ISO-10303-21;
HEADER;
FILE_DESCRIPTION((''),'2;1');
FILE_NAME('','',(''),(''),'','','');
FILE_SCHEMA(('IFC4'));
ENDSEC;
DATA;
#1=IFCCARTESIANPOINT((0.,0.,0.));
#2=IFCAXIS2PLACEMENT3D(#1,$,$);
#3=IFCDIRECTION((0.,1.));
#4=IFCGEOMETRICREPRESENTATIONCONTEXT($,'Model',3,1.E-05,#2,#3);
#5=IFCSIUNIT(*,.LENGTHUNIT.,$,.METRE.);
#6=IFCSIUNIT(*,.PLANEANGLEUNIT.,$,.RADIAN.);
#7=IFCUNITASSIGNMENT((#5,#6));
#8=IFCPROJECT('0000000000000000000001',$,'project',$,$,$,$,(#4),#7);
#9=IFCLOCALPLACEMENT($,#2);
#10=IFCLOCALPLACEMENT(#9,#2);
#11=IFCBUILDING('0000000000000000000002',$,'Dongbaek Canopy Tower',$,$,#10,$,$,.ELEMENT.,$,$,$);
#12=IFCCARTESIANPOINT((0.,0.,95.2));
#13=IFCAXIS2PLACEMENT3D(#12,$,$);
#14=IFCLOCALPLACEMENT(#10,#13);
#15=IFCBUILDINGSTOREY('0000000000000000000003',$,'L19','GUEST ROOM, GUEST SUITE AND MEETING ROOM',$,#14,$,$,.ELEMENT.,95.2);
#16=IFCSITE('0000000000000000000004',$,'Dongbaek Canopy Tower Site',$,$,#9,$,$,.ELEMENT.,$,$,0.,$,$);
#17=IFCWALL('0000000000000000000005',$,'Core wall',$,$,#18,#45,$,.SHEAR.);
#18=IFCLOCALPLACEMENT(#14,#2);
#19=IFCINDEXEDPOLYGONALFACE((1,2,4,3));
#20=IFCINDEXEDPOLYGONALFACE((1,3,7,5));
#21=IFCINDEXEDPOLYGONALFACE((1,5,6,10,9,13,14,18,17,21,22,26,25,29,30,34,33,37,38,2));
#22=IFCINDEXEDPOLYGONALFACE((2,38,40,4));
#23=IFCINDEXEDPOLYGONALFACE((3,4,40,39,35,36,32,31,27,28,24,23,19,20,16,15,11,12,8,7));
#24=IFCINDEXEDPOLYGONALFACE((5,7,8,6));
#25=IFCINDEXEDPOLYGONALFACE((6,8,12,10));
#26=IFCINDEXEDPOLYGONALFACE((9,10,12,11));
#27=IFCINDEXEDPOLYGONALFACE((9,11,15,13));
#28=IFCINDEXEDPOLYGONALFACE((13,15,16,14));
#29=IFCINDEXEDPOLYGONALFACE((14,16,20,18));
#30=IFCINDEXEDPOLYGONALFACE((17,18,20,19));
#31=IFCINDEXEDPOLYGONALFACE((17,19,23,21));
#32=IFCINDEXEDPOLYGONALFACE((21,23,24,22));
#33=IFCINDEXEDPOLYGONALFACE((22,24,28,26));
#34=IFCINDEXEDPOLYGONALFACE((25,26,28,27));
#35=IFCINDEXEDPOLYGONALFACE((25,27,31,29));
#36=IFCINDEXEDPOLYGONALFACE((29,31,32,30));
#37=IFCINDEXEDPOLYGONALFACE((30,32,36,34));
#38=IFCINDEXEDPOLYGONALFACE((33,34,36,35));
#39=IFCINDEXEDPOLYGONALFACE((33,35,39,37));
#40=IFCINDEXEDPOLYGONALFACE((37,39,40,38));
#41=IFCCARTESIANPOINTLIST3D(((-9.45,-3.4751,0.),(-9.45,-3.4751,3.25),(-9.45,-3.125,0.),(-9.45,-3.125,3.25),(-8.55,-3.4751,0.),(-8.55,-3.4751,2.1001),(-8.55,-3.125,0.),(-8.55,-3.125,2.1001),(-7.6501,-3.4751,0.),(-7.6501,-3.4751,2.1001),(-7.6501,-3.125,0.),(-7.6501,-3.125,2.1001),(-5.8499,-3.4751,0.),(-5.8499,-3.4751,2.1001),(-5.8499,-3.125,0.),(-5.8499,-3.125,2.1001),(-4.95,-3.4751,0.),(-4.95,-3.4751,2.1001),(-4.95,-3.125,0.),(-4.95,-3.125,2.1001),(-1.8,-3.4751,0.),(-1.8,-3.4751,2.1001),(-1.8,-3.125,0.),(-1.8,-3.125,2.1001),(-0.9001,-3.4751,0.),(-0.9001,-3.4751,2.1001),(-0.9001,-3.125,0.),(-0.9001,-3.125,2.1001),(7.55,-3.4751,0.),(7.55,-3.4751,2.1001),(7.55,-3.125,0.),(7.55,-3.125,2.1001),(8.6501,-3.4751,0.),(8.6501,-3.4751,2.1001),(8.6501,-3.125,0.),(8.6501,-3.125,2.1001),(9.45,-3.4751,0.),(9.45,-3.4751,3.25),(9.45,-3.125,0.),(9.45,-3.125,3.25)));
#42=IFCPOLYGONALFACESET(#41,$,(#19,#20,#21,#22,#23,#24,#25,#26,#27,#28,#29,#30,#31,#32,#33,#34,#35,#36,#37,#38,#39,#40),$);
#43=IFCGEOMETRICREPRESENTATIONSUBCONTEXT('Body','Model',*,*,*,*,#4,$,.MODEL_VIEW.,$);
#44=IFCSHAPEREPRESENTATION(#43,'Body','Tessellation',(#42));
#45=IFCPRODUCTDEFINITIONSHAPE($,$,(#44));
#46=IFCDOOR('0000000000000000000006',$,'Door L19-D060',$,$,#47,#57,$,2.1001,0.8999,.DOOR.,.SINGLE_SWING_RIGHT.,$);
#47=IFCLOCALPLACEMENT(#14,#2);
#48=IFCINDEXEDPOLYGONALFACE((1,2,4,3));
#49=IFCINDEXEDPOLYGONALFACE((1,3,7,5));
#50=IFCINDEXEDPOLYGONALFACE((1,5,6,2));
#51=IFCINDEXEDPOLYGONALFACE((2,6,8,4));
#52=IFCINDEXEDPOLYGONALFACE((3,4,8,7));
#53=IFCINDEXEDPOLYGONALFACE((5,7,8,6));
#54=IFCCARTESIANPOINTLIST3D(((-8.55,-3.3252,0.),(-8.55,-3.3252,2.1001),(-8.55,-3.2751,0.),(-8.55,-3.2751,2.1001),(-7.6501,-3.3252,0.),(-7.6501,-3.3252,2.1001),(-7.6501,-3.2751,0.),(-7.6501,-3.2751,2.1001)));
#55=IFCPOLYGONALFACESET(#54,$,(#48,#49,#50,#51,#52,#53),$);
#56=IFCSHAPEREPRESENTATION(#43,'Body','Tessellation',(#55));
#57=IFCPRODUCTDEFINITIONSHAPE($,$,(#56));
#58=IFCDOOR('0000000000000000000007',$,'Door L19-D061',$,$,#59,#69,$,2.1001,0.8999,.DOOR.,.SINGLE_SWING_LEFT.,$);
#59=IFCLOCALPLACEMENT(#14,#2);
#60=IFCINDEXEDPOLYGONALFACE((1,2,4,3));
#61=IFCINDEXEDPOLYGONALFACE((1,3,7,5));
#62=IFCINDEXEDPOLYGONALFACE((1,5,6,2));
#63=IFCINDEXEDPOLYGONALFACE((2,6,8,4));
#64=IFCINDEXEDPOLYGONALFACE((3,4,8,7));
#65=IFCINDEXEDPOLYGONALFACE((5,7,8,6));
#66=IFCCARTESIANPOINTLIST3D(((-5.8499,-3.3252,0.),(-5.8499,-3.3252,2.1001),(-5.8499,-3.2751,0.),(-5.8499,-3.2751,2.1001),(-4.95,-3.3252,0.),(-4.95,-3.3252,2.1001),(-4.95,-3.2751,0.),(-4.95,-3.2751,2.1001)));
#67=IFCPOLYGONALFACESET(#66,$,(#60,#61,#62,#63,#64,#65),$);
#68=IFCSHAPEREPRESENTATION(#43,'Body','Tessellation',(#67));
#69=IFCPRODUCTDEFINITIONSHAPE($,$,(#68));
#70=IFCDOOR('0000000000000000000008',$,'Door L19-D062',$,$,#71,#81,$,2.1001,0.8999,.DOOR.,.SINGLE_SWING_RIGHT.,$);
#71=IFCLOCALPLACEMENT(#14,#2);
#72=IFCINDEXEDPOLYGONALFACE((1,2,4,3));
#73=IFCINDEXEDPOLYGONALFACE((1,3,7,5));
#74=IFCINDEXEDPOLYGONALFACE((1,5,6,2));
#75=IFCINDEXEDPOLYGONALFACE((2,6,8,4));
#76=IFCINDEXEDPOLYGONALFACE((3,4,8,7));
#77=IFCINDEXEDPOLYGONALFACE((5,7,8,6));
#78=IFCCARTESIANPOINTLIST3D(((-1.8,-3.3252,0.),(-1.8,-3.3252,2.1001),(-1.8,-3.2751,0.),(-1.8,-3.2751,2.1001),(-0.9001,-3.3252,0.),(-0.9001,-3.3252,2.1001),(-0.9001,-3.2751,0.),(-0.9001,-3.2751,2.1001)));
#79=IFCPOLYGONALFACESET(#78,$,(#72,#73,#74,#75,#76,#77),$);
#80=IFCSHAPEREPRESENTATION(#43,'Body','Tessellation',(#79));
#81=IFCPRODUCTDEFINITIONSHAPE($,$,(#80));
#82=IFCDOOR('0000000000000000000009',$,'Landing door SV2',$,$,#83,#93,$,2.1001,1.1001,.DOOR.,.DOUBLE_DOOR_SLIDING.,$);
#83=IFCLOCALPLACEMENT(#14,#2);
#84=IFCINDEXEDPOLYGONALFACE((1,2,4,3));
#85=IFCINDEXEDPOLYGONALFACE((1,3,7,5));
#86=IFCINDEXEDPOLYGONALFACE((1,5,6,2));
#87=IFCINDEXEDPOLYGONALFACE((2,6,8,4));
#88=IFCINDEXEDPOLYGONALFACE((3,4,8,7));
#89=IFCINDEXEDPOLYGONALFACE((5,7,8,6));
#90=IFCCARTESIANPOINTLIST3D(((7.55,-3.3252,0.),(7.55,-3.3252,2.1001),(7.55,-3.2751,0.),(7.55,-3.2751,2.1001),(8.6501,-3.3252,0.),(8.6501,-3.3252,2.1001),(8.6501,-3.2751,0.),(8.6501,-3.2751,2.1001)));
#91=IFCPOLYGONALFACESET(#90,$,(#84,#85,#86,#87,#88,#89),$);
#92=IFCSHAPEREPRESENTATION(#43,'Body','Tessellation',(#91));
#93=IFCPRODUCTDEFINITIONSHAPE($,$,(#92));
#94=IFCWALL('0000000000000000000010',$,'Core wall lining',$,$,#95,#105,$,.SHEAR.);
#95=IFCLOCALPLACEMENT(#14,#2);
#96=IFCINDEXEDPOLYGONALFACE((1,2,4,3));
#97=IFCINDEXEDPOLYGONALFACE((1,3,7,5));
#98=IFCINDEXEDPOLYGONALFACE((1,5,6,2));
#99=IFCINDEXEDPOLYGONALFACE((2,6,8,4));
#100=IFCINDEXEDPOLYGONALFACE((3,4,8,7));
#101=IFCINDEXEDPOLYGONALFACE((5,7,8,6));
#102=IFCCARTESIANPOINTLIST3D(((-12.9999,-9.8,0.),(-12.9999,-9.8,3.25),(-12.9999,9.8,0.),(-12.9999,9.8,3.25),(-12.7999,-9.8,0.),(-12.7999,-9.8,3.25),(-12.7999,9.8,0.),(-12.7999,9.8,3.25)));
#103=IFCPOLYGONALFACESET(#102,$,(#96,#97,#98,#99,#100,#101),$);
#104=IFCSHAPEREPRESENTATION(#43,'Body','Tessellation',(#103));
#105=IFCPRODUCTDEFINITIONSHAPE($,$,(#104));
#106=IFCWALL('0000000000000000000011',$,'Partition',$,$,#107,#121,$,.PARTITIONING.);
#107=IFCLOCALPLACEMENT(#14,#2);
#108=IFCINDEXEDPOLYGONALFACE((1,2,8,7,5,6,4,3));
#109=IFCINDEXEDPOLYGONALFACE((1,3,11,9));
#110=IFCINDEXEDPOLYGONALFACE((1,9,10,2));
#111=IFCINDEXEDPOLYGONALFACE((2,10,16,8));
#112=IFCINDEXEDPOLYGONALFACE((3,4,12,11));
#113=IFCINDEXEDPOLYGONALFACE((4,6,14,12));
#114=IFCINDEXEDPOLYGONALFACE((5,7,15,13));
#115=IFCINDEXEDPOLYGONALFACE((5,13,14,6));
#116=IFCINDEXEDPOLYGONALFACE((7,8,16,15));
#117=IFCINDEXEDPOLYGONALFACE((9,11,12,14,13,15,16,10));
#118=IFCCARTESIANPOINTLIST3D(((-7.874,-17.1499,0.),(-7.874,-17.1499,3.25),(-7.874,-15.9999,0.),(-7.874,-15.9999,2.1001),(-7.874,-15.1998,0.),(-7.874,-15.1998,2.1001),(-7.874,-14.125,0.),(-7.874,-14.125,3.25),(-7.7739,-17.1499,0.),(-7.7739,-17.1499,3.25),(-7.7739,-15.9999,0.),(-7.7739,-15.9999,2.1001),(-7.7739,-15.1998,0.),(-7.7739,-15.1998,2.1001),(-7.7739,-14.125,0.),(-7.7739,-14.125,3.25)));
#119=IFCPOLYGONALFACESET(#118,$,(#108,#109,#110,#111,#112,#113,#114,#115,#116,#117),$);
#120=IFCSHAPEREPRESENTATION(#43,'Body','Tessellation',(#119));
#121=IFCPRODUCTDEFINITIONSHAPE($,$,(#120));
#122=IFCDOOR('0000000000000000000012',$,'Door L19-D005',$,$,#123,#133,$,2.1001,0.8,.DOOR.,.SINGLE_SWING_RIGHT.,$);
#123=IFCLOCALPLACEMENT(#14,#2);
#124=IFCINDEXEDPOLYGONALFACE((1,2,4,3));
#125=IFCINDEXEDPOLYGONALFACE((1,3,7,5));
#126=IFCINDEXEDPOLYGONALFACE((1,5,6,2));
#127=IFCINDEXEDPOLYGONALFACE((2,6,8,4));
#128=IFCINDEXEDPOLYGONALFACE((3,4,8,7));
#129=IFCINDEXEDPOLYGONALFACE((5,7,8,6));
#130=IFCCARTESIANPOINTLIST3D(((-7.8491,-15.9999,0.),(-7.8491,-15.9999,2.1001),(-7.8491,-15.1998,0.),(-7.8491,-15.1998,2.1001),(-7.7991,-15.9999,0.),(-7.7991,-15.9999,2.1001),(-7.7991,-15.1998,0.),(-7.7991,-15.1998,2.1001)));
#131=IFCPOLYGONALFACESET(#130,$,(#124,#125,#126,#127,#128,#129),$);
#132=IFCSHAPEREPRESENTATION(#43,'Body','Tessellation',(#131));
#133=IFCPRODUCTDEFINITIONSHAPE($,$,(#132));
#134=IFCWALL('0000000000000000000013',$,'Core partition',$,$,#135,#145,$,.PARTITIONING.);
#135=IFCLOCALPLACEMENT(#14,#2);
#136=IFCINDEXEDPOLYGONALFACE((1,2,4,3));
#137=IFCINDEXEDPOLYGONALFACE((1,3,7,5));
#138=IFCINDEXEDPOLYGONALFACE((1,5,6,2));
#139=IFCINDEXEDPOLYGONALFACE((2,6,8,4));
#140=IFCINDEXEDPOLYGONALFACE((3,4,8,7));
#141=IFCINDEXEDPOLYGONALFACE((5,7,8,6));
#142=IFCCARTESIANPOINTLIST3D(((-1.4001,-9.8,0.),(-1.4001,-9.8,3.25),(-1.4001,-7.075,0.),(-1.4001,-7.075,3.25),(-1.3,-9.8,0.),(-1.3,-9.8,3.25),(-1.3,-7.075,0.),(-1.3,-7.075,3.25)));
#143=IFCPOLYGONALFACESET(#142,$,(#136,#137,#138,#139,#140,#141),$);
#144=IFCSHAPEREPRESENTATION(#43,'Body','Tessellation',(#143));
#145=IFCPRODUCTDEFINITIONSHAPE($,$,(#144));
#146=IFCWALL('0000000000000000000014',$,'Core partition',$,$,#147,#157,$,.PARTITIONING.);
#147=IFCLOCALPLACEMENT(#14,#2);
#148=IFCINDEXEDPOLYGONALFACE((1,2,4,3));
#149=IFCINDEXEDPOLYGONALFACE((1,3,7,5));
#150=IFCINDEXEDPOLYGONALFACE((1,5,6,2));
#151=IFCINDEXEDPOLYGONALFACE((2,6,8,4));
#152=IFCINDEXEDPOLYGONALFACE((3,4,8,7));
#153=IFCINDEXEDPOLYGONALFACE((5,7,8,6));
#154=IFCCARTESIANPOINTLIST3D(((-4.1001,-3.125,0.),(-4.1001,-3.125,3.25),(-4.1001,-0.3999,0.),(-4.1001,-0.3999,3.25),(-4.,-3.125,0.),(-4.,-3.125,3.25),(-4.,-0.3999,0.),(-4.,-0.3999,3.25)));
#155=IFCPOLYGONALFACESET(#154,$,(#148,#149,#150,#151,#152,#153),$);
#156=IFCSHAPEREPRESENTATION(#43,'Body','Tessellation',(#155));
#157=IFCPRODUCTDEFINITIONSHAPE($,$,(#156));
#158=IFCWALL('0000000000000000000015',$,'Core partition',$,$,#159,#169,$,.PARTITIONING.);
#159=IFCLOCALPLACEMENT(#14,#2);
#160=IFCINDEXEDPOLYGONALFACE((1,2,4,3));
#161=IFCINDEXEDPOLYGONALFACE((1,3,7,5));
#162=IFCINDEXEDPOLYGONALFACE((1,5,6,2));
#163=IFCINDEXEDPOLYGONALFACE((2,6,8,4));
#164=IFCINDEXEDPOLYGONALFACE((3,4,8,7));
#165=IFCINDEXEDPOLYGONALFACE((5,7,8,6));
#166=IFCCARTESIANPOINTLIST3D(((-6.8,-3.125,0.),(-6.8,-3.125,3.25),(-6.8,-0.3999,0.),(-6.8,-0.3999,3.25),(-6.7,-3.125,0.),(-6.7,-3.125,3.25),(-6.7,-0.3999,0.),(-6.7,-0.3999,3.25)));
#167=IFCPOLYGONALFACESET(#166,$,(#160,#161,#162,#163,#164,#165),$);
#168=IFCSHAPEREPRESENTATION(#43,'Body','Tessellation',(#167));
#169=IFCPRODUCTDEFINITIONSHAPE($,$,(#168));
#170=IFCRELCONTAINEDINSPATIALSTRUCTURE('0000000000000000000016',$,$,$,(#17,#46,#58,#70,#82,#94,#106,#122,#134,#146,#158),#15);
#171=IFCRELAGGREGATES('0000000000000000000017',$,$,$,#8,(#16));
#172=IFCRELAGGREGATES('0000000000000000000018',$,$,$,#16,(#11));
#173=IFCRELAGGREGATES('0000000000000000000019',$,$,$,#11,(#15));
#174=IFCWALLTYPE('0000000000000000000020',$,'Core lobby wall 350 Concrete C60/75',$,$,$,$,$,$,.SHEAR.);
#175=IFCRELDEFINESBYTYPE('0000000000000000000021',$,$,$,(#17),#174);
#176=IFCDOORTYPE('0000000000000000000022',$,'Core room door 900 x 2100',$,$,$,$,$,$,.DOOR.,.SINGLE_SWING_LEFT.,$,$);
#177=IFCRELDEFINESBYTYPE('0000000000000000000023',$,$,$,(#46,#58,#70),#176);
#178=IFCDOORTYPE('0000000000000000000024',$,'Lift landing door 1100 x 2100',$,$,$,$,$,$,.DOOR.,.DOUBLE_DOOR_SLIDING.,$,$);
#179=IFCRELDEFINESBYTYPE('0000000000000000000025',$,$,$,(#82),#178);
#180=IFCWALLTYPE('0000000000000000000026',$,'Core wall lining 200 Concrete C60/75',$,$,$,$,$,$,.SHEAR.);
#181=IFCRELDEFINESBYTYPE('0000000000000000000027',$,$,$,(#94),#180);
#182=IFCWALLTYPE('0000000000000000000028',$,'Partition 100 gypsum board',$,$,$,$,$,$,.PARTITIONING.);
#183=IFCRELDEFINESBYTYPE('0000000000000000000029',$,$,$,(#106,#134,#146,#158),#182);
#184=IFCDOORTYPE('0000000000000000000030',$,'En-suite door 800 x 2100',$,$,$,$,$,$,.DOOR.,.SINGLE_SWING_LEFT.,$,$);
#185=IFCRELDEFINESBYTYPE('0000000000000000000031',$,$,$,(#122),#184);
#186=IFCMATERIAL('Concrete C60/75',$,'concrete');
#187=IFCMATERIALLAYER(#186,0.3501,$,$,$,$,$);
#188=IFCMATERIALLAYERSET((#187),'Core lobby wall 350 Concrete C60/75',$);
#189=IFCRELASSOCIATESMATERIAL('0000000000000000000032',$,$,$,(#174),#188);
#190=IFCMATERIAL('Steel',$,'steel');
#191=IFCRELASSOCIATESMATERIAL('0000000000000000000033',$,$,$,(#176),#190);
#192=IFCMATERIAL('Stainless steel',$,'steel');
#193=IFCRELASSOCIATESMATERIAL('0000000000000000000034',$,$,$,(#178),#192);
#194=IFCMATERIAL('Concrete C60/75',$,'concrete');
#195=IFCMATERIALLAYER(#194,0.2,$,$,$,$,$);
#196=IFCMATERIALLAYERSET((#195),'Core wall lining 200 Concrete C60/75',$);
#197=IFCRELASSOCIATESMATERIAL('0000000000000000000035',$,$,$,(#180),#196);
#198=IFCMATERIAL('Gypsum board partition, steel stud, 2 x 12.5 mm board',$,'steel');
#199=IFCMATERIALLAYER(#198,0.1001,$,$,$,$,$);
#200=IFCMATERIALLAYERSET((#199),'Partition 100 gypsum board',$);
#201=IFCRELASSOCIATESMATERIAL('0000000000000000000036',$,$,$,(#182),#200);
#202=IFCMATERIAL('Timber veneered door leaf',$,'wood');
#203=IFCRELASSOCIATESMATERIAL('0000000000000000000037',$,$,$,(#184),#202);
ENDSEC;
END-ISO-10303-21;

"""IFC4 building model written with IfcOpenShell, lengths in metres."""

from ifc_helpers import new_model, si_unit, direction, frame, frame_2d, origin, place, context, subcontext, project, spatial, rectangle, extrude, material, layer, layer_set, type_object, element, fill, save


model = new_model("IFC4")

# Units and contexts
model_context = context("Model", 3, precision=1e-05, world=origin(), true_north=direction((0.0, 1.0)))
body_context = subcontext(model_context, "Body", "Model", "MODEL_VIEW")
ifc_project = project(units=[si_unit("LENGTHUNIT", "METRE"), si_unit("PLANEANGLEUNIT", "RADIAN")], contexts=[model_context])

# Site, building, storey
site_placement = place(None, origin())
site = spatial("IfcSite", under=ifc_project, at=site_placement, Name="Dongbaek Canopy Tower Site", CompositionType="ELEMENT", RefElevation=0.0)
building_placement = place(site_placement, origin())
building = spatial("IfcBuilding", under=site, at=building_placement, Name="Dongbaek Canopy Tower", CompositionType="ELEMENT")
storey_placement = place(building_placement, frame((0.0, 0.0, 95.2)))
storey = spatial("IfcBuildingStorey", under=building, at=storey_placement, Name="L19", Description="GUEST ROOM, GUEST SUITE AND MEETING ROOM", CompositionType="ELEMENT", Elevation=95.2)

# Wall, openings, doors
ifc_material_1 = material(Name="Concrete C60/75", Category="concrete")
ifc_layer_1 = layer(ifc_material_1, 0.3501)
ifc_layer_set_1 = layer_set([ifc_layer_1], Name="Core lobby wall 350 Concrete C60/75")
wall_type_1 = type_object("IfcWallType", Name="Core lobby wall 350 Concrete C60/75", PredefinedType="SHEAR", material=ifc_layer_set_1)
wall_1_placement = place(storey_placement, frame((-9.45, -3.3, 0.0), z_axis=(0.0, 0.0, 1.0), x_axis=(1.0, 0.0, 0.0)))
wall_1 = element("IfcWall", 1, at=wall_1_placement, inside=storey, type_object=wall_type_1, Name="Core wall", PredefinedType="SHEAR", context=body_context, shape_type="SweptSolid", body=[
    extrude(rectangle(XDim=18.8999, YDim=0.3501, at=frame_2d((9.45, 0.0))), origin(), (0.0, 0.0, 1.0), 3.25),
])
opening_1_placement = place(wall_1_placement, frame((17.0, 0.0, 0.0)))
opening_1 = element("IfcOpeningElement", 2, at=opening_1_placement, cuts=wall_1, PredefinedType="OPENING", context=body_context, shape_type="SweptSolid", body=[
    extrude(rectangle(XDim=1.1001, YDim=2.1001, at=frame_2d((0.55, 1.05))), frame((0.0, 0.1851, 0.0), z_axis=(0.0, -1.0, 0.0), x_axis=(1.0, 0.0, 0.0)), (0.0, 0.0, 1.0), 0.3701),
])
opening_2_placement = place(wall_1_placement, frame((0.8999, 0.0, 0.0)))
opening_2 = element("IfcOpeningElement", 3, at=opening_2_placement, cuts=wall_1, PredefinedType="OPENING", context=body_context, shape_type="SweptSolid", body=[
    extrude(rectangle(XDim=0.8999, YDim=2.1001, at=frame_2d((0.45, 1.05))), frame((0.0, 0.1851, 0.0), z_axis=(0.0, -1.0, 0.0), x_axis=(1.0, 0.0, 0.0)), (0.0, 0.0, 1.0), 0.3701),
])
opening_3_placement = place(wall_1_placement, frame((3.6001, 0.0, 0.0)))
opening_3 = element("IfcOpeningElement", 4, at=opening_3_placement, cuts=wall_1, PredefinedType="OPENING", context=body_context, shape_type="SweptSolid", body=[
    extrude(rectangle(XDim=0.8999, YDim=2.1001, at=frame_2d((0.45, 1.05))), frame((0.0, 0.1851, 0.0), z_axis=(0.0, -1.0, 0.0), x_axis=(1.0, 0.0, 0.0)), (0.0, 0.0, 1.0), 0.3701),
])
opening_4_placement = place(wall_1_placement, frame((7.6499, 0.0, 0.0)))
opening_4 = element("IfcOpeningElement", 5, at=opening_4_placement, cuts=wall_1, PredefinedType="OPENING", context=body_context, shape_type="SweptSolid", body=[
    extrude(rectangle(XDim=0.8999, YDim=2.1001, at=frame_2d((0.45, 1.05))), frame((0.0, 0.1851, 0.0), z_axis=(0.0, -1.0, 0.0), x_axis=(1.0, 0.0, 0.0)), (0.0, 0.0, 1.0), 0.3701),
])
ifc_material_2 = material(Name="Steel", Category="steel")
door_type_1 = type_object("IfcDoorType", Name="Core room door 900 x 2100", OperationType="SINGLE_SWING_LEFT", PredefinedType="DOOR", material=ifc_material_2)
door_1_placement = place(opening_2_placement, origin())
door_1 = element("IfcDoor", 6, at=door_1_placement, inside=storey, type_object=door_type_1, Name="Door L19-D060", OperationType="SINGLE_SWING_RIGHT", OverallHeight=2.1001, OverallWidth=0.8999, PredefinedType="DOOR", context=body_context, shape_type="SweptSolid", body=[
    extrude(rectangle(XDim=0.8999, YDim=2.1001, at=frame_2d((0.45, 1.05))), frame((0.0, 0.0249, 0.0), z_axis=(0.0, -1.0, 0.0), x_axis=(1.0, 0.0, 0.0)), (0.0, 0.0, 1.0), 0.05),
])
fill(opening_2, door_1)
door_2_placement = place(opening_3_placement, origin())
door_2 = element("IfcDoor", 7, at=door_2_placement, inside=storey, type_object=door_type_1, Name="Door L19-D061", OperationType="SINGLE_SWING_LEFT", OverallHeight=2.1001, OverallWidth=0.8999, PredefinedType="DOOR", context=body_context, shape_type="SweptSolid", body=[
    extrude(rectangle(XDim=0.8999, YDim=2.1001, at=frame_2d((0.45, 1.05))), frame((0.0, 0.0249, 0.0), z_axis=(0.0, -1.0, 0.0), x_axis=(1.0, 0.0, 0.0)), (0.0, 0.0, 1.0), 0.05),
])
fill(opening_3, door_2)
door_3_placement = place(opening_4_placement, origin())
door_3 = element("IfcDoor", 8, at=door_3_placement, inside=storey, type_object=door_type_1, Name="Door L19-D062", OperationType="SINGLE_SWING_RIGHT", OverallHeight=2.1001, OverallWidth=0.8999, PredefinedType="DOOR", context=body_context, shape_type="SweptSolid", body=[
    extrude(rectangle(XDim=0.8999, YDim=2.1001, at=frame_2d((0.45, 1.05))), frame((0.0, 0.0249, 0.0), z_axis=(0.0, -1.0, 0.0), x_axis=(1.0, 0.0, 0.0)), (0.0, 0.0, 1.0), 0.05),
])
fill(opening_4, door_3)
ifc_material_3 = material(Name="Stainless steel", Category="steel")
door_type_2 = type_object("IfcDoorType", Name="Lift landing door 1100 x 2100", OperationType="DOUBLE_DOOR_SLIDING", PredefinedType="DOOR", material=ifc_material_3)
door_4_placement = place(opening_1_placement, origin())
door_4 = element("IfcDoor", 9, at=door_4_placement, inside=storey, type_object=door_type_2, Name="Landing door SV2", OperationType="DOUBLE_DOOR_SLIDING", OverallHeight=2.1001, OverallWidth=1.1001, PredefinedType="DOOR", context=body_context, shape_type="SweptSolid", body=[
    extrude(rectangle(XDim=1.1001, YDim=2.1001, at=frame_2d((0.55, 1.05))), frame((0.0, 0.0249, 0.0), z_axis=(0.0, -1.0, 0.0), x_axis=(1.0, 0.0, 0.0)), (0.0, 0.0, 1.0), 0.05),
])
fill(opening_1, door_4)

# Wall
ifc_material_4 = material(Name="Concrete C60/75", Category="concrete")
ifc_layer_2 = layer(ifc_material_4, 0.2)
ifc_layer_set_2 = layer_set([ifc_layer_2], Name="Core wall lining 200 Concrete C60/75")
wall_type_2 = type_object("IfcWallType", Name="Core wall lining 200 Concrete C60/75", PredefinedType="SHEAR", material=ifc_layer_set_2)
wall_2_placement = place(storey_placement, frame((-12.8999, -9.8, 0.0), z_axis=(0.0, 0.0, 1.0), x_axis=(0.0, 1.0, 0.0)))
element("IfcWall", 10, at=wall_2_placement, inside=storey, type_object=wall_type_2, Name="Core wall lining", PredefinedType="SHEAR", context=body_context, shape_type="SweptSolid", body=[
    extrude(rectangle(XDim=19.6001, YDim=0.2, at=frame_2d((9.8, 0.0))), origin(), (0.0, 0.0, 1.0), 3.25),
])

# Wall, opening, door
ifc_material_5 = material(Name="Gypsum board partition, steel stud, 2 x 12.5 mm board", Category="steel")
ifc_layer_3 = layer(ifc_material_5, 0.1001)
ifc_layer_set_3 = layer_set([ifc_layer_3], Name="Partition 100 gypsum board")
wall_type_3 = type_object("IfcWallType", Name="Partition 100 gypsum board", PredefinedType="PARTITIONING", material=ifc_layer_set_3)
wall_3_placement = place(storey_placement, frame((-7.824, -14.125, 0.0), z_axis=(0.0, 0.0, 1.0), x_axis=(0.0, -1.0, 0.0)))
wall_3 = element("IfcWall", 11, at=wall_3_placement, inside=storey, type_object=wall_type_3, Name="Partition", PredefinedType="PARTITIONING", context=body_context, shape_type="SweptSolid", body=[
    extrude(rectangle(XDim=3.0249, YDim=0.1001, at=frame_2d((1.5125, 0.0))), origin(), (0.0, 0.0, 1.0), 3.25),
])
opening_5_placement = place(wall_3_placement, frame((1.075, 0.0, 0.0)))
opening_5 = element("IfcOpeningElement", 12, at=opening_5_placement, cuts=wall_3, PredefinedType="OPENING", context=body_context, shape_type="SweptSolid", body=[
    extrude(rectangle(XDim=0.8, YDim=2.1001, at=frame_2d((0.3999, 1.05))), frame((0.0, 0.0601, 0.0), z_axis=(0.0, -1.0, 0.0), x_axis=(1.0, 0.0, 0.0)), (0.0, 0.0, 1.0), 0.1201),
])
ifc_material_6 = material(Name="Timber veneered door leaf", Category="wood")
door_type_3 = type_object("IfcDoorType", Name="En-suite door 800 x 2100", OperationType="SINGLE_SWING_LEFT", PredefinedType="DOOR", material=ifc_material_6)
door_5_placement = place(opening_5_placement, origin())
door_5 = element("IfcDoor", 13, at=door_5_placement, inside=storey, type_object=door_type_3, Name="Door L19-D005", OperationType="SINGLE_SWING_RIGHT", OverallHeight=2.1001, OverallWidth=0.8, PredefinedType="DOOR", context=body_context, shape_type="SweptSolid", body=[
    extrude(rectangle(XDim=0.8, YDim=2.1001, at=frame_2d((0.3999, 1.05))), frame((0.0, 0.0249, 0.0), z_axis=(0.0, -1.0, 0.0), x_axis=(1.0, 0.0, 0.0)), (0.0, 0.0, 1.0), 0.05),
])
fill(opening_5, door_5)

# Walls
for number, where, z_axis, x_axis, name in (
    (14, (-1.3501, -9.8, 0.0), (0.0, 0.0, 1.0), (0.0, 1.0, 0.0), "Core partition"),
    (15, (-4.05, -3.125, 0.0), (0.0, 0.0, 1.0), (0.0, 1.0, 0.0), "Core partition"),
    (16, (-6.75, -3.125, 0.0), (0.0, 0.0, 1.0), (0.0, 1.0, 0.0), "Core partition"),
):
    element("IfcWall", number, at=place(storey_placement, frame(where, z_axis=z_axis, x_axis=x_axis)), inside=storey, type_object=wall_type_3, Name=name, PredefinedType="PARTITIONING", context=body_context, shape_type="SweptSolid", body=[
        extrude(rectangle(XDim=2.7251, YDim=0.1001, at=frame_2d((1.3625, 0.0))), origin(), (0.0, 0.0, 1.0), 3.25),
    ])

save(model, "model.ifc")
